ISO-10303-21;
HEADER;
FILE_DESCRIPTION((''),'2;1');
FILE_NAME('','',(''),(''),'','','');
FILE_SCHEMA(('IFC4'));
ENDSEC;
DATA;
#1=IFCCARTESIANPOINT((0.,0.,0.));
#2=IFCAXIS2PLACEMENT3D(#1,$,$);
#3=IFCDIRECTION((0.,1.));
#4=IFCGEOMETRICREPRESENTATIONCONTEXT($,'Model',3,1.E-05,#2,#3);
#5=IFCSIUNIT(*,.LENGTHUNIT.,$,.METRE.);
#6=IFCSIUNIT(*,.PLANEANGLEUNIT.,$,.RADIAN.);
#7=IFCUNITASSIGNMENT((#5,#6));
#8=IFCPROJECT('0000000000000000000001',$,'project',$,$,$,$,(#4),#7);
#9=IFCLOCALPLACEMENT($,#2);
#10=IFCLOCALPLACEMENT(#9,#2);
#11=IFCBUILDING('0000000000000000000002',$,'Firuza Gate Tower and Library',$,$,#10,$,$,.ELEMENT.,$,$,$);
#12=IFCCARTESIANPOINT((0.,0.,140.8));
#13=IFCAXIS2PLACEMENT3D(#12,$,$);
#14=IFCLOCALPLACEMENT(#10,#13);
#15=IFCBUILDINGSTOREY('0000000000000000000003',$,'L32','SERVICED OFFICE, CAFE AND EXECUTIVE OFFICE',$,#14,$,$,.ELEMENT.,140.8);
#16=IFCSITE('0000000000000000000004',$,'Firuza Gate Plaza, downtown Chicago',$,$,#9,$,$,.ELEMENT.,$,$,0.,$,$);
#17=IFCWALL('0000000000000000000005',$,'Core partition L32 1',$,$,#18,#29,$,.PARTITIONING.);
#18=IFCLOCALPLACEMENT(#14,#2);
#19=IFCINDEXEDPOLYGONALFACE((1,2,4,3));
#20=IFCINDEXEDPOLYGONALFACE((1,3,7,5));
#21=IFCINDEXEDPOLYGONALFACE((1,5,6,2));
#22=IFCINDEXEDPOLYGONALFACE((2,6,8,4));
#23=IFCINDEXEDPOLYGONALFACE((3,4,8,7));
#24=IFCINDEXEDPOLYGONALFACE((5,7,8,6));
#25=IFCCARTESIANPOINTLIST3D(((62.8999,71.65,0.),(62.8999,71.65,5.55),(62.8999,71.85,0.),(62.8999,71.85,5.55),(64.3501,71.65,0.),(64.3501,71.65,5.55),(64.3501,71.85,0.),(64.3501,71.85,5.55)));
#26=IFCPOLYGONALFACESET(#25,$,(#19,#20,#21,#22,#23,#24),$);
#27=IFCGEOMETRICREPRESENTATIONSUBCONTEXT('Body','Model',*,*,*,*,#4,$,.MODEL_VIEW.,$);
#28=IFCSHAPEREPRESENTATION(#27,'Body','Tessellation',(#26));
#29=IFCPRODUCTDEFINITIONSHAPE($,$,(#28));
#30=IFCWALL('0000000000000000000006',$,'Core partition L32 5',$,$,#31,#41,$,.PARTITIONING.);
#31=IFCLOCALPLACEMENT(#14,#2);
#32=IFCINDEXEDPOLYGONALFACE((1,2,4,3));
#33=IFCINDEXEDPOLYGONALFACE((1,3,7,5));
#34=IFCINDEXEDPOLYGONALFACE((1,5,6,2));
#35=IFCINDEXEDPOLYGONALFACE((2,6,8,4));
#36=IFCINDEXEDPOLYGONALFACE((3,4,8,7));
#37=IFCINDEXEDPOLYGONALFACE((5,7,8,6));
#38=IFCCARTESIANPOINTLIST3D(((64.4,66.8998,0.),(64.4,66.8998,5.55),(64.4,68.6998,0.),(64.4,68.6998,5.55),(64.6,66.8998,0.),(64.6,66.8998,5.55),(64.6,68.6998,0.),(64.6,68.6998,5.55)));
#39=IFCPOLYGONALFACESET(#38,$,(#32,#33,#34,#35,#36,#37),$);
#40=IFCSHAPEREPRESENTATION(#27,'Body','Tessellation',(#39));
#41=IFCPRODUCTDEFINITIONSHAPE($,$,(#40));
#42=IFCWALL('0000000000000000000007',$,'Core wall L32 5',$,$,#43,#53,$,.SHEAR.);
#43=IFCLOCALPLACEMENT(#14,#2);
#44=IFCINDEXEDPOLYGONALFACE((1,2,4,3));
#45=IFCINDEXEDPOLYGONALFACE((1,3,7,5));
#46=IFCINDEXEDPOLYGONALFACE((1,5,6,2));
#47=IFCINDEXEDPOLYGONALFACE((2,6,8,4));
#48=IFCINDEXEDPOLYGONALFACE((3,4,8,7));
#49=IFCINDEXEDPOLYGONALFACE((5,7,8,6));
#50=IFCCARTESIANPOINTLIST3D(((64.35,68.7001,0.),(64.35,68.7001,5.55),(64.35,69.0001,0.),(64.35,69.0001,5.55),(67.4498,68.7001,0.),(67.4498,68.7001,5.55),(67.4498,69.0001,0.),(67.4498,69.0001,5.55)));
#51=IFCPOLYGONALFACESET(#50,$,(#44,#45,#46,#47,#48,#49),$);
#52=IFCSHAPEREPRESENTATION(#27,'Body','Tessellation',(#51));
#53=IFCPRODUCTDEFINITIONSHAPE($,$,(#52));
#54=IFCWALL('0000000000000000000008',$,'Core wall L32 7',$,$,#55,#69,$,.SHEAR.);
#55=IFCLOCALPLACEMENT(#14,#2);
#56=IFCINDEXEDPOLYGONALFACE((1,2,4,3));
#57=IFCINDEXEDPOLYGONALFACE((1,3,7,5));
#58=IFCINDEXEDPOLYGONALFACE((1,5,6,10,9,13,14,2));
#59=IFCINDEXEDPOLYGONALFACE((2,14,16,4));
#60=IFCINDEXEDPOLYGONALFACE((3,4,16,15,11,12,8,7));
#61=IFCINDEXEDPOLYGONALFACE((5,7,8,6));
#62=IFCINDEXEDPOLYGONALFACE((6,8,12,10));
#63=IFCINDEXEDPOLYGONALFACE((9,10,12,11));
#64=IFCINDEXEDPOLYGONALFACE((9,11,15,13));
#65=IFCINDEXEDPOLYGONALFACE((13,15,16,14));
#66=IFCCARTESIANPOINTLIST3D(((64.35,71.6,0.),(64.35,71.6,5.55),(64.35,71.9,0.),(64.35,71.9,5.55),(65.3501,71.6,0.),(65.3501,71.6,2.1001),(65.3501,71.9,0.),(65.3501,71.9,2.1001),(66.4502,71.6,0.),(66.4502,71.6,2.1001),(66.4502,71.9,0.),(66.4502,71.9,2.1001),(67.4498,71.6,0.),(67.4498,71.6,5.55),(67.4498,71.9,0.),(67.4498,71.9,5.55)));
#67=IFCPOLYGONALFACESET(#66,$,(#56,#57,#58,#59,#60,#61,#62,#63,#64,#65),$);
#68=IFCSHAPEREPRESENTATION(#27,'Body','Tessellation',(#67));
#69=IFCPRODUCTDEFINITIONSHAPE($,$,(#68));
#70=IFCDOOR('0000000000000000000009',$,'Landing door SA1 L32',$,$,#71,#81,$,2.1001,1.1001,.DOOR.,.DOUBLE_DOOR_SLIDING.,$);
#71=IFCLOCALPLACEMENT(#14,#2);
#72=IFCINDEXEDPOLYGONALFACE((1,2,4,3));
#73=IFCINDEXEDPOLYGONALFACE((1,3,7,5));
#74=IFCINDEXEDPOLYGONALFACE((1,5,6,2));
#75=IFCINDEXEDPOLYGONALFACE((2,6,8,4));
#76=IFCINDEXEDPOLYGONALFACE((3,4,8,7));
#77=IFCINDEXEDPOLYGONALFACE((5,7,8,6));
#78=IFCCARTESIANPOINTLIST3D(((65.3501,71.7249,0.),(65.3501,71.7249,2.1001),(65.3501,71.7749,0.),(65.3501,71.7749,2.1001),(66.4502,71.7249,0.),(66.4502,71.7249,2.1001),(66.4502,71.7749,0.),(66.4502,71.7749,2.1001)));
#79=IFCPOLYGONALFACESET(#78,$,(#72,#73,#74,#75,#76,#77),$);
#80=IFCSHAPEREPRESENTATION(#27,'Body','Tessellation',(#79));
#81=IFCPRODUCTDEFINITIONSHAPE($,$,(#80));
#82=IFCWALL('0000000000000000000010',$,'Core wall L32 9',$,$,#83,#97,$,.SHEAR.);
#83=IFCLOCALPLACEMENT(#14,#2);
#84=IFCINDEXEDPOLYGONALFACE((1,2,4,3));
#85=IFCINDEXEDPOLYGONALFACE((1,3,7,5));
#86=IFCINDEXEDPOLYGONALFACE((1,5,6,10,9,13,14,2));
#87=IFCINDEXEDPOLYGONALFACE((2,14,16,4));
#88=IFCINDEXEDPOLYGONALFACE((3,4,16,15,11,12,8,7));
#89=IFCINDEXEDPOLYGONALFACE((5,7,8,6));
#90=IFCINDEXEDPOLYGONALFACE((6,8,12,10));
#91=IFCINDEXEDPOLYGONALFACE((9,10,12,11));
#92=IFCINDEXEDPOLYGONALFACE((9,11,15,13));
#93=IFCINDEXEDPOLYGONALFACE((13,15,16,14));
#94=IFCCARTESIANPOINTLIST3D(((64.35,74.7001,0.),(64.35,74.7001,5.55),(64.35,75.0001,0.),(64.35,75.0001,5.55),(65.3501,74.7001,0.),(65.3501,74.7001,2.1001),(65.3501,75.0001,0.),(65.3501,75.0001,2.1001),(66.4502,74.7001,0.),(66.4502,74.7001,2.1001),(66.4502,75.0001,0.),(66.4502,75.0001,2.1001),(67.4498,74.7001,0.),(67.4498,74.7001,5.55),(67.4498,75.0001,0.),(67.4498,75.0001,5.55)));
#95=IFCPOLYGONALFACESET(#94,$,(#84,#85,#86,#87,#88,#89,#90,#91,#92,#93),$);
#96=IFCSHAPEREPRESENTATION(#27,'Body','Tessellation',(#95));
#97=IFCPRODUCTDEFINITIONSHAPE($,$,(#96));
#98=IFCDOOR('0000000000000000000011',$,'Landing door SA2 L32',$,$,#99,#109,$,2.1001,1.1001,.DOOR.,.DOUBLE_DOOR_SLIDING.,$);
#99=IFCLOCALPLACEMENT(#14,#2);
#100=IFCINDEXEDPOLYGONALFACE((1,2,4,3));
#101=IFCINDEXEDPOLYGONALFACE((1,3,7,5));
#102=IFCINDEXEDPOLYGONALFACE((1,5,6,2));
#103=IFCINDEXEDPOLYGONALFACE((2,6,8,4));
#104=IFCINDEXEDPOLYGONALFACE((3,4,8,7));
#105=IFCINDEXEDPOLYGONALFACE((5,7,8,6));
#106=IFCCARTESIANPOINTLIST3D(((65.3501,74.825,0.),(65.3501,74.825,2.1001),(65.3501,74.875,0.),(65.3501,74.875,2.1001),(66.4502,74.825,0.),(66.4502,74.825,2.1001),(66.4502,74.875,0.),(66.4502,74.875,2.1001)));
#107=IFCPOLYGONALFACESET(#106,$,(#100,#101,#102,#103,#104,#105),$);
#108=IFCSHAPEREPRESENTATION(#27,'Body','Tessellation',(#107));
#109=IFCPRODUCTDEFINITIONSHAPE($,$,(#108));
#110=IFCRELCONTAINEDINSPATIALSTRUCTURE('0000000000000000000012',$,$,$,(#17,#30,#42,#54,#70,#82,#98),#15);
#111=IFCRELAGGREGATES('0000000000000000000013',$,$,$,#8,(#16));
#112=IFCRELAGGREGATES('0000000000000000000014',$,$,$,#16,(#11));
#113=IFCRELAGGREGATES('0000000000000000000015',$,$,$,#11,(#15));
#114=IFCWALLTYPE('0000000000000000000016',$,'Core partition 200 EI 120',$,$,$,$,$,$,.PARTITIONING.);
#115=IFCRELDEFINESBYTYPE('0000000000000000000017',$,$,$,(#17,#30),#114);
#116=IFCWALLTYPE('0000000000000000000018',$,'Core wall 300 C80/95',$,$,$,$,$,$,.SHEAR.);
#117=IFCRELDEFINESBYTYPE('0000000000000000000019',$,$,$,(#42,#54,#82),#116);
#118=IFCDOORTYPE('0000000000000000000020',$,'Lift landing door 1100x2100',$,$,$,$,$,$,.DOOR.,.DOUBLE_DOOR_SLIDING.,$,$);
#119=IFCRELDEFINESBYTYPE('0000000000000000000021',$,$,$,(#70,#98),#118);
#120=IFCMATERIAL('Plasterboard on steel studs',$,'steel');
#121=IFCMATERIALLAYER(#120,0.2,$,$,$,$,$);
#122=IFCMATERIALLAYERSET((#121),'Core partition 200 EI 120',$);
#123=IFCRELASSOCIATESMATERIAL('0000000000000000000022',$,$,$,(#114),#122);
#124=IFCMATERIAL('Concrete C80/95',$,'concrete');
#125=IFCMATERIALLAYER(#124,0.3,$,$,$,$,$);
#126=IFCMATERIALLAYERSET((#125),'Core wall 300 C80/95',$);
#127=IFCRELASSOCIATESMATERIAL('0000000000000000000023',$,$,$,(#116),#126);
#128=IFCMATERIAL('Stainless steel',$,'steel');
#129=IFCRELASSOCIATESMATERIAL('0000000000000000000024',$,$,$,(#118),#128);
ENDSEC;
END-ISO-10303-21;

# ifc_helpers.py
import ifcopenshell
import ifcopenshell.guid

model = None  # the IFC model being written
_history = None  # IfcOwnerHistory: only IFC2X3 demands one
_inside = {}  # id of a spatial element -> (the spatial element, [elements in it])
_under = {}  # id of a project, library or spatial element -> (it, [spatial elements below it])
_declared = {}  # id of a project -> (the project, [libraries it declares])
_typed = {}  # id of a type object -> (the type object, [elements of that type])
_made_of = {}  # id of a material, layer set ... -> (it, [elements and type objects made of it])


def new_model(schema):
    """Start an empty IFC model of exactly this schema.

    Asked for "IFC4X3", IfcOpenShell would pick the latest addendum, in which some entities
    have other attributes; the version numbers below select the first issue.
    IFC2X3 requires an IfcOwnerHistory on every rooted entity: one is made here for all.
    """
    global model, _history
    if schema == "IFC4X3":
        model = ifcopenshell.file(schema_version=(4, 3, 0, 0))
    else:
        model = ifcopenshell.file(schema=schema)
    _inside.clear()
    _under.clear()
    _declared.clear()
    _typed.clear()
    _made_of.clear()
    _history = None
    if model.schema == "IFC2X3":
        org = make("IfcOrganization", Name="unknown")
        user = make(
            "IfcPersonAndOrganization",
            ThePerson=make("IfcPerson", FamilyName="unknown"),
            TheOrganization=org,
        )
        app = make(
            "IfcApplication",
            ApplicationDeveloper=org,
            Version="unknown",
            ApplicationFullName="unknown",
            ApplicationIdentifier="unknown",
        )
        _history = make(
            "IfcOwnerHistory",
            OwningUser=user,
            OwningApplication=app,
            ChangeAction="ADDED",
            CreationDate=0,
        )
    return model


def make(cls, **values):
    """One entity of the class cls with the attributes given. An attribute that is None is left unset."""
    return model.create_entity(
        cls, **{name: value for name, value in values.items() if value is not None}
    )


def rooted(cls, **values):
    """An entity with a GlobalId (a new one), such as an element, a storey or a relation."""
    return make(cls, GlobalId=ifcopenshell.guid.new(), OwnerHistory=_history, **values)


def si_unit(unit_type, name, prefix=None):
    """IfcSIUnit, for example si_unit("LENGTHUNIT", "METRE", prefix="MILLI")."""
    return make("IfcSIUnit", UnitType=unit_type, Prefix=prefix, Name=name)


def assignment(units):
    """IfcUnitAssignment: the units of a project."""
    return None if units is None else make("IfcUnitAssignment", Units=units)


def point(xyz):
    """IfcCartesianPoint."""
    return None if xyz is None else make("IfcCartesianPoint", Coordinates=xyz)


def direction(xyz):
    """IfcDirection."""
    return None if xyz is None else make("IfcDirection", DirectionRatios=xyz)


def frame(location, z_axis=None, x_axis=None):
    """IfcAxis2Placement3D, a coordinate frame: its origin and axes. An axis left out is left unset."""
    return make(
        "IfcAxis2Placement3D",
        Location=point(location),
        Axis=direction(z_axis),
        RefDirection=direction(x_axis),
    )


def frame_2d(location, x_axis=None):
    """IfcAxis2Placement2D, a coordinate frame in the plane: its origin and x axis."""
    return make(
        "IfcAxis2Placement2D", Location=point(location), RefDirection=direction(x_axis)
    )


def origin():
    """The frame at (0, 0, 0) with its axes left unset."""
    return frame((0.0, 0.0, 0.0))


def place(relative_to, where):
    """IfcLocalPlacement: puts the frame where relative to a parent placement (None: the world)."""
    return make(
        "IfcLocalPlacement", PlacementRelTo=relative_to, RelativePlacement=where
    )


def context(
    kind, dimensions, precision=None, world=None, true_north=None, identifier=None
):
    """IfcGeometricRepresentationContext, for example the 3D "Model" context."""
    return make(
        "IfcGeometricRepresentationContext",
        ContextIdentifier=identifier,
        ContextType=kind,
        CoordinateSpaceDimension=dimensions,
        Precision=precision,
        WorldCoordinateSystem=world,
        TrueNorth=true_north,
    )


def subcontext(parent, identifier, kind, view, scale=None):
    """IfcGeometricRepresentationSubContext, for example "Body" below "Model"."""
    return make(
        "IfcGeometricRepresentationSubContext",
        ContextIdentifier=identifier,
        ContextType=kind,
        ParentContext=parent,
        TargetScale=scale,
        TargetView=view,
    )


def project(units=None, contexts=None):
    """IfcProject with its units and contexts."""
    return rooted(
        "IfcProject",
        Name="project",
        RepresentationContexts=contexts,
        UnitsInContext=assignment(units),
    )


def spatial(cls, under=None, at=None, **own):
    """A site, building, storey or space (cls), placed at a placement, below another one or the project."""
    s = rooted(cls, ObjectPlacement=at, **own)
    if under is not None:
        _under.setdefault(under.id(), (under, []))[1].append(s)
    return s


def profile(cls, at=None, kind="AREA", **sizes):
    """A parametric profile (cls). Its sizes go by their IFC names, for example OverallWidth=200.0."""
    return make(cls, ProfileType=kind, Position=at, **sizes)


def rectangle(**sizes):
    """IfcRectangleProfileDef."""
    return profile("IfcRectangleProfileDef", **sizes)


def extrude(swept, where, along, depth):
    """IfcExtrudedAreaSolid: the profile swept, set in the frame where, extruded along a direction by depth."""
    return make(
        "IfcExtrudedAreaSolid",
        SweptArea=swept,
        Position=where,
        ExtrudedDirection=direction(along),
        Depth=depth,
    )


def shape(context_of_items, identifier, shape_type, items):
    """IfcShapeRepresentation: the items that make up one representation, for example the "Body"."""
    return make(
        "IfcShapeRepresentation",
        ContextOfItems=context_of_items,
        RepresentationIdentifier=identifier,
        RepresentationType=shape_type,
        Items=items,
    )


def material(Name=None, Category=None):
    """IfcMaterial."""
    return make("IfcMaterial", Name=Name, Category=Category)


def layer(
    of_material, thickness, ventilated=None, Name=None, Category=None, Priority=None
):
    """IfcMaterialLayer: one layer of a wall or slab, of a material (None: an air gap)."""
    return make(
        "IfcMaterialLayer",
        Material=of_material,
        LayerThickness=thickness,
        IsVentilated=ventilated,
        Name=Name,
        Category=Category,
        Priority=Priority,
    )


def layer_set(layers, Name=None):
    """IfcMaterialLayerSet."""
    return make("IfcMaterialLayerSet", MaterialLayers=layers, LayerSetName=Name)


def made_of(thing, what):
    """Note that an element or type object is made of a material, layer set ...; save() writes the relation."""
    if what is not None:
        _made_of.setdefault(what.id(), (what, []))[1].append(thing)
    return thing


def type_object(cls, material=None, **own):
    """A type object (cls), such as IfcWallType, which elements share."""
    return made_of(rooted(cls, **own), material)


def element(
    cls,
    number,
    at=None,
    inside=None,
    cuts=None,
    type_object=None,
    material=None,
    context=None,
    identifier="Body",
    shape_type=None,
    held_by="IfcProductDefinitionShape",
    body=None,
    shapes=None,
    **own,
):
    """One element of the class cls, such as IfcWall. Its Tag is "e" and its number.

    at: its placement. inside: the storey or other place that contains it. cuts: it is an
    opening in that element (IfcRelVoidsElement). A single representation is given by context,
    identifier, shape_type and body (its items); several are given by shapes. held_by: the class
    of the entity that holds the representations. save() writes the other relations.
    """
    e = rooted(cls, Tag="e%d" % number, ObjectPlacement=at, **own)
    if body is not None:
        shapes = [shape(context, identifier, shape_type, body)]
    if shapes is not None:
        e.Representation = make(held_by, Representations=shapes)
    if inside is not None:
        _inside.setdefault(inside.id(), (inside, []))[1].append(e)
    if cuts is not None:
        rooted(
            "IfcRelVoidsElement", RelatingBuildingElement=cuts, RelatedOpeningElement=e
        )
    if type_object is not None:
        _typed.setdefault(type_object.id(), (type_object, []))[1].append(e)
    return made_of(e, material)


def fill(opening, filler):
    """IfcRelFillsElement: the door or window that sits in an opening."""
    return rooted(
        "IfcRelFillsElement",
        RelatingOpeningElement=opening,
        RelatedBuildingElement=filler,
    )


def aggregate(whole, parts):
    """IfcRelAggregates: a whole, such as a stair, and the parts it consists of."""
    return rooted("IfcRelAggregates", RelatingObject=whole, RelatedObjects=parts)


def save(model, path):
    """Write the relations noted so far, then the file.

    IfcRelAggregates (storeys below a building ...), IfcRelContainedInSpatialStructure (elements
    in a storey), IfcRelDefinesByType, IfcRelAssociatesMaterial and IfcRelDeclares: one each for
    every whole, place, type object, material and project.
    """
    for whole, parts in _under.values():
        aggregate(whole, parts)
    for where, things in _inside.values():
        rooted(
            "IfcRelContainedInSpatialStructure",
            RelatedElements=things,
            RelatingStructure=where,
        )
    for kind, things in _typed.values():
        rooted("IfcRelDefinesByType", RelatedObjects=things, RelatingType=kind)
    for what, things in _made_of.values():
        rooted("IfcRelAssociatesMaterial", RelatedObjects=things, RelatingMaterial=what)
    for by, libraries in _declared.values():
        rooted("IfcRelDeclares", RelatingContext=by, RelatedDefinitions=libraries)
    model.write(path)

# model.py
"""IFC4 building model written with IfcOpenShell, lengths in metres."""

from ifc_helpers import new_model, si_unit, direction, frame, frame_2d, origin, place, context, subcontext, project, spatial, rectangle, extrude, material, layer, layer_set, type_object, element, fill, save


model = new_model("IFC4")

# Units and contexts
model_context = context("Model", 3, precision=1e-05, world=origin(), true_north=direction((0.0, 1.0)))
body_context = subcontext(model_context, "Body", "Model", "MODEL_VIEW")
ifc_project = project(units=[si_unit("LENGTHUNIT", "METRE"), si_unit("PLANEANGLEUNIT", "RADIAN")], contexts=[model_context])

# Site, building, storey
site_placement = place(None, origin())
site = spatial("IfcSite", under=ifc_project, at=site_placement, Name="Firuza Gate Plaza, downtown Chicago", CompositionType="ELEMENT", RefElevation=0.0)
building_placement = place(site_placement, origin())
building = spatial("IfcBuilding", under=site, at=building_placement, Name="Firuza Gate Tower and Library", CompositionType="ELEMENT")
storey_placement = place(building_placement, frame((0.0, 0.0, 140.8)))
storey = spatial("IfcBuildingStorey", under=building, at=storey_placement, Name="L32", Description="SERVICED OFFICE, CAFE AND EXECUTIVE OFFICE", CompositionType="ELEMENT", Elevation=140.8)

# Walls
ifc_material_1 = material(Name="Plasterboard on steel studs", Category="steel")
ifc_layer_1 = layer(ifc_material_1, 0.2)
ifc_layer_set_1 = layer_set([ifc_layer_1], Name="Core partition 200 EI 120")
wall_type_1 = type_object("IfcWallType", Name="Core partition 200 EI 120", PredefinedType="PARTITIONING", material=ifc_layer_set_1)
wall_1_placement = place(storey_placement, frame((62.8999, 71.75, 0.0), z_axis=(0.0, 0.0, 1.0), x_axis=(1.0, 0.0, 0.0)))
element("IfcWall", 1, at=wall_1_placement, inside=storey, type_object=wall_type_1, Name="Core partition L32 1", PredefinedType="PARTITIONING", context=body_context, shape_type="SweptSolid", body=[
    extrude(rectangle(XDim=1.4502, YDim=0.2, at=frame_2d((0.7251, 0.0))), origin(), (0.0, 0.0, 1.0), 5.55),
])
wall_2_placement = place(storey_placement, frame((64.5, 66.8999, 0.0), z_axis=(0.0, 0.0, 1.0), x_axis=(0.0, 1.0, 0.0)))
element("IfcWall", 2, at=wall_2_placement, inside=storey, type_object=wall_type_1, Name="Core partition L32 5", PredefinedType="PARTITIONING", context=body_context, shape_type="SweptSolid", body=[
    extrude(rectangle(XDim=1.8, YDim=0.2, at=frame_2d((0.8999, 0.0))), origin(), (0.0, 0.0, 1.0), 5.55),
])
ifc_material_2 = material(Name="Concrete C80/95", Category="concrete")
ifc_layer_2 = layer(ifc_material_2, 0.3)
ifc_layer_set_2 = layer_set([ifc_layer_2], Name="Core wall 300 C80/95")
wall_type_2 = type_object("IfcWallType", Name="Core wall 300 C80/95", PredefinedType="SHEAR", material=ifc_layer_set_2)
wall_3_placement = place(storey_placement, frame((64.3501, 68.8501, 0.0), z_axis=(0.0, 0.0, 1.0), x_axis=(1.0, 0.0, 0.0)))
element("IfcWall", 3, at=wall_3_placement, inside=storey, type_object=wall_type_2, Name="Core wall L32 5", PredefinedType="SHEAR", context=body_context, shape_type="SweptSolid", body=[
    extrude(rectangle(XDim=3.0999, YDim=0.3, at=frame_2d((1.5498, 0.0))), origin(), (0.0, 0.0, 1.0), 5.55),
])

# Walls, openings, doors
wall_4_placement = place(storey_placement, frame((64.3501, 71.75, 0.0), z_axis=(0.0, 0.0, 1.0), x_axis=(1.0, 0.0, 0.0)))
wall_4 = element("IfcWall", 4, at=wall_4_placement, inside=storey, type_object=wall_type_2, Name="Core wall L32 7", PredefinedType="SHEAR", context=body_context, shape_type="SweptSolid", body=[
    extrude(rectangle(XDim=3.0999, YDim=0.3, at=frame_2d((1.5498, 0.0))), origin(), (0.0, 0.0, 1.0), 5.55),
])
opening_1_placement = place(wall_4_placement, frame((1.0, 0.0, 0.0)))
opening_1 = element("IfcOpeningElement", 5, at=opening_1_placement, cuts=wall_4, PredefinedType="OPENING", context=body_context, shape_type="SweptSolid", body=[
    extrude(rectangle(XDim=1.1001, YDim=2.1001, at=frame_2d((0.55, 1.05))), frame((0.0, 0.1602, 0.0), z_axis=(0.0, -1.0, 0.0), x_axis=(1.0, 0.0, 0.0)), (0.0, 0.0, 1.0), 0.3201),
])
ifc_material_3 = material(Name="Stainless steel", Category="steel")
door_type_1 = type_object("IfcDoorType", Name="Lift landing door 1100x2100", OperationType="DOUBLE_DOOR_SLIDING", PredefinedType="DOOR", material=ifc_material_3)
door_1_placement = place(opening_1_placement, origin())
door_1 = element("IfcDoor", 6, at=door_1_placement, inside=storey, type_object=door_type_1, Name="Landing door SA1 L32", OperationType="DOUBLE_DOOR_SLIDING", OverallHeight=2.1001, OverallWidth=1.1001, PredefinedType="DOOR", context=body_context, shape_type="SweptSolid", body=[
    extrude(rectangle(XDim=1.1001, YDim=2.1001, at=frame_2d((0.55, 1.05))), frame((0.0, 0.0249, 0.0), z_axis=(0.0, -1.0, 0.0), x_axis=(1.0, 0.0, 0.0)), (0.0, 0.0, 1.0), 0.05),
])
fill(opening_1, door_1)
wall_5_placement = place(storey_placement, frame((64.3501, 74.8501, 0.0), z_axis=(0.0, 0.0, 1.0), x_axis=(1.0, 0.0, 0.0)))
wall_5 = element("IfcWall", 7, at=wall_5_placement, inside=storey, type_object=wall_type_2, Name="Core wall L32 9", PredefinedType="SHEAR", context=body_context, shape_type="SweptSolid", body=[
    extrude(rectangle(XDim=3.0999, YDim=0.3, at=frame_2d((1.5498, 0.0))), origin(), (0.0, 0.0, 1.0), 5.55),
])
opening_2_placement = place(wall_5_placement, frame((1.0, 0.0, 0.0)))
opening_2 = element("IfcOpeningElement", 8, at=opening_2_placement, cuts=wall_5, PredefinedType="OPENING", context=body_context, shape_type="SweptSolid", body=[
    extrude(rectangle(XDim=1.1001, YDim=2.1001, at=frame_2d((0.55, 1.05))), frame((0.0, 0.1602, 0.0), z_axis=(0.0, -1.0, 0.0), x_axis=(1.0, 0.0, 0.0)), (0.0, 0.0, 1.0), 0.3201),
])
door_2_placement = place(opening_2_placement, origin())
door_2 = element("IfcDoor", 9, at=door_2_placement, inside=storey, type_object=door_type_1, Name="Landing door SA2 L32", OperationType="DOUBLE_DOOR_SLIDING", OverallHeight=2.1001, OverallWidth=1.1001, PredefinedType="DOOR", context=body_context, shape_type="SweptSolid", body=[
    extrude(rectangle(XDim=1.1001, YDim=2.1001, at=frame_2d((0.55, 1.05))), frame((0.0, 0.0249, 0.0), z_axis=(0.0, -1.0, 0.0), x_axis=(1.0, 0.0, 0.0)), (0.0, 0.0, 1.0), 0.05),
])
fill(opening_2, door_2)

save(model, "model.ifc")
